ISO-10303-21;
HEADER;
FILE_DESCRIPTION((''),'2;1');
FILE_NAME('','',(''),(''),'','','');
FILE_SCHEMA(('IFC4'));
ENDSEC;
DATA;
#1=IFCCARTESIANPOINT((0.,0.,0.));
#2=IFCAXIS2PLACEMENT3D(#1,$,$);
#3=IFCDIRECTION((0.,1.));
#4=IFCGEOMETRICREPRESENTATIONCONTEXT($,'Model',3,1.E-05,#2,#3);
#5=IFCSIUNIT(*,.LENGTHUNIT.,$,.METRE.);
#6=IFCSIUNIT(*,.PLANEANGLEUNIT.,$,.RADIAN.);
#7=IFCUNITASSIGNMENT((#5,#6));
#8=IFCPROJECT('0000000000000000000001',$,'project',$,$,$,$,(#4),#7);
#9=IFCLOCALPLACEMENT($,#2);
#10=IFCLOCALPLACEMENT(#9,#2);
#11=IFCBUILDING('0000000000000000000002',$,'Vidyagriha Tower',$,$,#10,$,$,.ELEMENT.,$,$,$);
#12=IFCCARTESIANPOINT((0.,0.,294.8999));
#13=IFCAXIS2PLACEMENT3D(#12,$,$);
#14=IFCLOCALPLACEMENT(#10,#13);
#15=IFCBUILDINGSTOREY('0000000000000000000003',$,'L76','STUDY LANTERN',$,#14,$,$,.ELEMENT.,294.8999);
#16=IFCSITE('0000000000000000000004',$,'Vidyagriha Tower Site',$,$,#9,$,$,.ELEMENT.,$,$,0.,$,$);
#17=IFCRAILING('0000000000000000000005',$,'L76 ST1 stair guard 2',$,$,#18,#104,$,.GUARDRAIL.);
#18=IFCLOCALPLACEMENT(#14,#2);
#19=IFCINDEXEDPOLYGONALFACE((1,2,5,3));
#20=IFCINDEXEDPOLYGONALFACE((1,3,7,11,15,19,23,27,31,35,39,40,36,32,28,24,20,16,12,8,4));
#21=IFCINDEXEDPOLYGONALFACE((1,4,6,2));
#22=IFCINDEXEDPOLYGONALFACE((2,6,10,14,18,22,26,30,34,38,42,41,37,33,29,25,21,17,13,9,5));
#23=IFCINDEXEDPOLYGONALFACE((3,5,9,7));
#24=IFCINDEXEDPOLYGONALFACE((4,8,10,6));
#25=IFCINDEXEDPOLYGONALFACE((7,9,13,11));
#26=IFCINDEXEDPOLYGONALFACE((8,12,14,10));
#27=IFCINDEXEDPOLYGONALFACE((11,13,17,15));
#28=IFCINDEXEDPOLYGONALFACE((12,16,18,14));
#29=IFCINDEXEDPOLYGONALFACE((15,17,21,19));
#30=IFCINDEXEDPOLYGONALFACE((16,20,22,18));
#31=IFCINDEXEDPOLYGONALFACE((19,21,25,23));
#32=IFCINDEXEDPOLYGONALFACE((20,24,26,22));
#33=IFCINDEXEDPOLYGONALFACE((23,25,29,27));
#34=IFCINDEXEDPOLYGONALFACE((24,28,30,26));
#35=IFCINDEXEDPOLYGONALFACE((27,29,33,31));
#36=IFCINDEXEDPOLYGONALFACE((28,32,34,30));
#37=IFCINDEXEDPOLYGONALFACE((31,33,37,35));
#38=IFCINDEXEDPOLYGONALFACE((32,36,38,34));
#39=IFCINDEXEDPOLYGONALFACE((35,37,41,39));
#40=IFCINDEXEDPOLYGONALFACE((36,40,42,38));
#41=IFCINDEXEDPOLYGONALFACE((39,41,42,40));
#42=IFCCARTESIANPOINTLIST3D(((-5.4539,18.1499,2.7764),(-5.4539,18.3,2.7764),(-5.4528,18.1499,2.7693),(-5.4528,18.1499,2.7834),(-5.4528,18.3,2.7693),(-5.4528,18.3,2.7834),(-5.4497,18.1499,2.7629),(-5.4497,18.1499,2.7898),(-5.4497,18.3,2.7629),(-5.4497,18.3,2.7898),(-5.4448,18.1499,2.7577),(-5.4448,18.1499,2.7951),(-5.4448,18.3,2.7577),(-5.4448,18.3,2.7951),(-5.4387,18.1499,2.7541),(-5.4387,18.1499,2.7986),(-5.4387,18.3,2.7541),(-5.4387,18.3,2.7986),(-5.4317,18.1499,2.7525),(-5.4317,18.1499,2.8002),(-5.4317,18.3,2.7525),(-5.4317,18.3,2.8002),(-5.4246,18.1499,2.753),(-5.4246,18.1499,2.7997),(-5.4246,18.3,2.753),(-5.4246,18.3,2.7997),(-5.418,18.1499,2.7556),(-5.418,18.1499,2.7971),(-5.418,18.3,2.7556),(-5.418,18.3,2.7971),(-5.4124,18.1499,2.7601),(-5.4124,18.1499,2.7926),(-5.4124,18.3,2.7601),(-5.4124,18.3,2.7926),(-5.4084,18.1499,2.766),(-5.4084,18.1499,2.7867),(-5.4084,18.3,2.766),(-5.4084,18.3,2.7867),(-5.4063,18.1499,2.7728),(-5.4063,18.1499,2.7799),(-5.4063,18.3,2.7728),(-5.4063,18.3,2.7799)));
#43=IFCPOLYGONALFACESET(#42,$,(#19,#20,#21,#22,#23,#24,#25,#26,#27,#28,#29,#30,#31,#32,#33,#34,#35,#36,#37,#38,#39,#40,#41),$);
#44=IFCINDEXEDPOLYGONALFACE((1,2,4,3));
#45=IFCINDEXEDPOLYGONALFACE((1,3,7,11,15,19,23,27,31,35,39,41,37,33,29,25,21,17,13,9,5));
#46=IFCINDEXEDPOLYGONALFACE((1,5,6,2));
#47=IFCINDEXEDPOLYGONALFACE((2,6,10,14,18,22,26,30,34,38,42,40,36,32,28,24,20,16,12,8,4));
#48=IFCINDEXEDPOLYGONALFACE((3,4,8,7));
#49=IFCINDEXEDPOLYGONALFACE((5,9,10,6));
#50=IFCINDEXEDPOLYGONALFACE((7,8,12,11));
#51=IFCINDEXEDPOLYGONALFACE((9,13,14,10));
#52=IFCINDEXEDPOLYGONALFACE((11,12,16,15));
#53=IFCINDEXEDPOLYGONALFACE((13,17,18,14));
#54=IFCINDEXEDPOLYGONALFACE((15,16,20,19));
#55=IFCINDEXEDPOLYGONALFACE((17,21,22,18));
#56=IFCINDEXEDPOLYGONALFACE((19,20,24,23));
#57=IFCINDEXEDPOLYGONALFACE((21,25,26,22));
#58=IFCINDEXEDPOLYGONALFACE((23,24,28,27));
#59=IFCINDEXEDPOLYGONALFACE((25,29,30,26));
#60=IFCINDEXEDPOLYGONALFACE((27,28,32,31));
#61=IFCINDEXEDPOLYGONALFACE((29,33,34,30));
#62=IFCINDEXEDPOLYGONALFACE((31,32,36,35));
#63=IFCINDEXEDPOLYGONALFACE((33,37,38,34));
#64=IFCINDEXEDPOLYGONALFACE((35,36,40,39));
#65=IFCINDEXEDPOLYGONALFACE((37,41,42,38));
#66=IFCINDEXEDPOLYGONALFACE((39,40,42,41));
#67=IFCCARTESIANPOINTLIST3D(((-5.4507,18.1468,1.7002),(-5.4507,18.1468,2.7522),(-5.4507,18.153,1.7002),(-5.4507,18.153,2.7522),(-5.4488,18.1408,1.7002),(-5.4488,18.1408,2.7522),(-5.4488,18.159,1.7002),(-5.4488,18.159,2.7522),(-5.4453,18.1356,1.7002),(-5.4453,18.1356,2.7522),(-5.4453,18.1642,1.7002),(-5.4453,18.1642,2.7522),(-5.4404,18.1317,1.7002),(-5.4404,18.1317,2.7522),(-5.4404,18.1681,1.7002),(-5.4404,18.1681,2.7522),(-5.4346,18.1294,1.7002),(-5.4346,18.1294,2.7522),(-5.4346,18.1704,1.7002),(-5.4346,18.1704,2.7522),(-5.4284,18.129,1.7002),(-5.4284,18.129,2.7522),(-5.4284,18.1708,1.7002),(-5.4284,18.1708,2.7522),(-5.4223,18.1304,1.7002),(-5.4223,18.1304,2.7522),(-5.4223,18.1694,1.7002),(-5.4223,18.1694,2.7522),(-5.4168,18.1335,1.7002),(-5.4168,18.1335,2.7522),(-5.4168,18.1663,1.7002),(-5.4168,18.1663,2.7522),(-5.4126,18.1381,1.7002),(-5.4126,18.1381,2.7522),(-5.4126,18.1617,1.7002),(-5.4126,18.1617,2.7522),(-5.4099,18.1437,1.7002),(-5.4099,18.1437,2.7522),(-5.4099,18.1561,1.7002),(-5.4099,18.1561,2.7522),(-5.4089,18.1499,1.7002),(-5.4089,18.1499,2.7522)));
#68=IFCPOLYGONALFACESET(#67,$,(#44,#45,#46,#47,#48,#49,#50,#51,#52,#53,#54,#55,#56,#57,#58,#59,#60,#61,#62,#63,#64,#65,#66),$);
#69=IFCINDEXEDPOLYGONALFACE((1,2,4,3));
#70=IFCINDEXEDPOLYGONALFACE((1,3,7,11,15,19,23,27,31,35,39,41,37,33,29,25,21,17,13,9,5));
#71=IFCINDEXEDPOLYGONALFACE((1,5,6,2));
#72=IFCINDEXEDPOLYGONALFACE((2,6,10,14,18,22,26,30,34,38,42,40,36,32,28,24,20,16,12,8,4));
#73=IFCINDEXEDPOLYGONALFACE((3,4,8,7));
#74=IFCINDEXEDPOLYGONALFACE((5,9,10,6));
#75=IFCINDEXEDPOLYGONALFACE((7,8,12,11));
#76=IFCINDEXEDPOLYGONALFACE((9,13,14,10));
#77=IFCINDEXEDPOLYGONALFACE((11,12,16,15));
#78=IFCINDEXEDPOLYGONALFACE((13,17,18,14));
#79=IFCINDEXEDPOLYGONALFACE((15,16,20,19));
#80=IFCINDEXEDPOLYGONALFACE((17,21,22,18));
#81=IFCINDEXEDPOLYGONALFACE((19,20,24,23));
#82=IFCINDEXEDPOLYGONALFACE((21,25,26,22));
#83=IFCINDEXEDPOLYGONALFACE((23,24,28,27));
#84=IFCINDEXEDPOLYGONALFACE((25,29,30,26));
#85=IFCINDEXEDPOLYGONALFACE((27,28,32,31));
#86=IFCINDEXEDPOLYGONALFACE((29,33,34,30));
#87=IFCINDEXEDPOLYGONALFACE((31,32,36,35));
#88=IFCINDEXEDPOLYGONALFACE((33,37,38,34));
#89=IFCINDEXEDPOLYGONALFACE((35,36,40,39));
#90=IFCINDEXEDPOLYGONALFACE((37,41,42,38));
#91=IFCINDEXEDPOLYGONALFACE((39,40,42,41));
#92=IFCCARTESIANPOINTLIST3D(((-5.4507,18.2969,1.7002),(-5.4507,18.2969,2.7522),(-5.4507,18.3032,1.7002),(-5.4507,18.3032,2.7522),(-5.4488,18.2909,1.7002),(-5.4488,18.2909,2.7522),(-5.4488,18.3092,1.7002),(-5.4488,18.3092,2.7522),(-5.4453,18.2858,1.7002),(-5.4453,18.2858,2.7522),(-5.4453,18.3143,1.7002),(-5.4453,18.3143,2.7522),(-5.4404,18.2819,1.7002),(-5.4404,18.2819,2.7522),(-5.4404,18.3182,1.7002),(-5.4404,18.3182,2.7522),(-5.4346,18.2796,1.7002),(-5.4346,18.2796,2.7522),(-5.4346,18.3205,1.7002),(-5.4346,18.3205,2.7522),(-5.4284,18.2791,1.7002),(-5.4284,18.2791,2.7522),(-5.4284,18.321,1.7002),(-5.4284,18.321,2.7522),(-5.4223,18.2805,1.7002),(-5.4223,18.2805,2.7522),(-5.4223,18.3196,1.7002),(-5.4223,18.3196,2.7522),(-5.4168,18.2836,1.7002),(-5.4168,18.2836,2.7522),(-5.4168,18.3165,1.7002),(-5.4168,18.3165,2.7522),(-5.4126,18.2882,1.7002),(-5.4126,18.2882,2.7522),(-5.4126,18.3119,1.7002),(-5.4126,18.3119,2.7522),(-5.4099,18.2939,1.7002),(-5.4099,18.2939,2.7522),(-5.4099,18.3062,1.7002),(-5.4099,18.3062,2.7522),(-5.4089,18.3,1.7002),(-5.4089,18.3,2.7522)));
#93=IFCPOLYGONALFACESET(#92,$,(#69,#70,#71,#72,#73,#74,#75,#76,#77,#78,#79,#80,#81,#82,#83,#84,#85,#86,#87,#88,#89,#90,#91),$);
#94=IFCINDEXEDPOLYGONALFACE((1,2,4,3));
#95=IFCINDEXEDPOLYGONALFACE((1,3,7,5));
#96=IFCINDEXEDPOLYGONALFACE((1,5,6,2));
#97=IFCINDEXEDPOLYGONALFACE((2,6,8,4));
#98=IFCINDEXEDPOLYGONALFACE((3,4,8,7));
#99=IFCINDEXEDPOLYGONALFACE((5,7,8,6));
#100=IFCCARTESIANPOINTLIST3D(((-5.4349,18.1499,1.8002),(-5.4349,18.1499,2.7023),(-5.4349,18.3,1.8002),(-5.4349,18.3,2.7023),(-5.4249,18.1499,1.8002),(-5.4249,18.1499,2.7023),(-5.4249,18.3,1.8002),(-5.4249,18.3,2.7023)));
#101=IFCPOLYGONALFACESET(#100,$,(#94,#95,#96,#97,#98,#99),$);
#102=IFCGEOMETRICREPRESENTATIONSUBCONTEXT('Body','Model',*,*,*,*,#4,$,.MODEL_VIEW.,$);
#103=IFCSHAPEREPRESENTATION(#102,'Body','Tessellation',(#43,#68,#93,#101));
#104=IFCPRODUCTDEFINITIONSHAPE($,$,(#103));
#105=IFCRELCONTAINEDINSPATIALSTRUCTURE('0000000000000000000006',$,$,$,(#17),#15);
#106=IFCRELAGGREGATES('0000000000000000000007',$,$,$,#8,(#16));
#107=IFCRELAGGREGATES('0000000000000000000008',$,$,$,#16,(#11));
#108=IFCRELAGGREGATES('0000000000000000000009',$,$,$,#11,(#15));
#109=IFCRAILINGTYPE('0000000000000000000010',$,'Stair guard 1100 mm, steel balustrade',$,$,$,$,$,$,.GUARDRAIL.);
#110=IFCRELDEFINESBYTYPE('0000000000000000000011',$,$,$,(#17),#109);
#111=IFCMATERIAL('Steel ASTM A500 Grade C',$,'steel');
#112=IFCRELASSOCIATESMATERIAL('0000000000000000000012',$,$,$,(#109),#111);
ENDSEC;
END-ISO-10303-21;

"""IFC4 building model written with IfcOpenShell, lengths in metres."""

from ifc_helpers import new_model, si_unit, direction, frame, origin, origin_2d, place, context, subcontext, project, spatial, rectangle, circle, extrude, material, type_object, element, save


model = new_model("IFC4")

# Units and contexts
model_context = context("Model", 3, precision=1e-05, world=origin(), true_north=direction((0.0, 1.0)))
body_context = subcontext(model_context, "Body", "Model", "MODEL_VIEW")
ifc_project = project(units=[si_unit("LENGTHUNIT", "METRE"), si_unit("PLANEANGLEUNIT", "RADIAN")], contexts=[model_context])

# Site, building, storey
site_placement = place(None, origin())
site = spatial("IfcSite", under=ifc_project, at=site_placement, Name="Vidyagriha Tower Site", CompositionType="ELEMENT", RefElevation=0.0)
building_placement = place(site_placement, origin())
building = spatial("IfcBuilding", under=site, at=building_placement, Name="Vidyagriha Tower", CompositionType="ELEMENT")
storey_placement = place(building_placement, frame((0.0, 0.0, 294.8999)))
storey = spatial("IfcBuildingStorey", under=building, at=storey_placement, Name="L76", Description="STUDY LANTERN", CompositionType="ELEMENT", Elevation=294.8999)

# Railing
ifc_material_1 = material(Name="Steel ASTM A500 Grade C", Category="steel")
railing_type_1 = type_object("IfcRailingType", Name="Stair guard 1100 mm, steel balustrade", PredefinedType="GUARDRAIL", material=ifc_material_1)
railing_1_placement = place(storey_placement, frame((-5.4299, 18.1499, 1.7002)))
element("IfcRailing", 1, at=railing_1_placement, inside=storey, type_object=railing_type_1, Name="L76 ST1 stair guard 2", PredefinedType="GUARDRAIL", context=body_context, shape_type="SweptSolid", body=[
    extrude(circle(Radius=0.0239, at=origin_2d()), frame((0.0, 0.0, 1.0762), z_axis=(0.0, 1.0, 0.0), x_axis=(-1.0, 0.0, 0.0)), (0.0, 0.0, 1.0), 0.1501),
    extrude(circle(Radius=0.021, at=origin_2d()), origin(), (0.0, 0.0, 1.0), 1.052),
    extrude(circle(Radius=0.021, at=origin_2d()), frame((0.0, 0.1501, 0.0)), (0.0, 0.0, 1.0), 1.052),
    extrude(rectangle(XDim=0.01, YDim=0.9021, at=origin_2d()), frame((0.0, 0.0, 0.551), z_axis=(0.0, 1.0, 0.0), x_axis=(-1.0, 0.0, 0.0)), (0.0, 0.0, 1.0), 0.1501),
])

save(model, "model.ifc")
